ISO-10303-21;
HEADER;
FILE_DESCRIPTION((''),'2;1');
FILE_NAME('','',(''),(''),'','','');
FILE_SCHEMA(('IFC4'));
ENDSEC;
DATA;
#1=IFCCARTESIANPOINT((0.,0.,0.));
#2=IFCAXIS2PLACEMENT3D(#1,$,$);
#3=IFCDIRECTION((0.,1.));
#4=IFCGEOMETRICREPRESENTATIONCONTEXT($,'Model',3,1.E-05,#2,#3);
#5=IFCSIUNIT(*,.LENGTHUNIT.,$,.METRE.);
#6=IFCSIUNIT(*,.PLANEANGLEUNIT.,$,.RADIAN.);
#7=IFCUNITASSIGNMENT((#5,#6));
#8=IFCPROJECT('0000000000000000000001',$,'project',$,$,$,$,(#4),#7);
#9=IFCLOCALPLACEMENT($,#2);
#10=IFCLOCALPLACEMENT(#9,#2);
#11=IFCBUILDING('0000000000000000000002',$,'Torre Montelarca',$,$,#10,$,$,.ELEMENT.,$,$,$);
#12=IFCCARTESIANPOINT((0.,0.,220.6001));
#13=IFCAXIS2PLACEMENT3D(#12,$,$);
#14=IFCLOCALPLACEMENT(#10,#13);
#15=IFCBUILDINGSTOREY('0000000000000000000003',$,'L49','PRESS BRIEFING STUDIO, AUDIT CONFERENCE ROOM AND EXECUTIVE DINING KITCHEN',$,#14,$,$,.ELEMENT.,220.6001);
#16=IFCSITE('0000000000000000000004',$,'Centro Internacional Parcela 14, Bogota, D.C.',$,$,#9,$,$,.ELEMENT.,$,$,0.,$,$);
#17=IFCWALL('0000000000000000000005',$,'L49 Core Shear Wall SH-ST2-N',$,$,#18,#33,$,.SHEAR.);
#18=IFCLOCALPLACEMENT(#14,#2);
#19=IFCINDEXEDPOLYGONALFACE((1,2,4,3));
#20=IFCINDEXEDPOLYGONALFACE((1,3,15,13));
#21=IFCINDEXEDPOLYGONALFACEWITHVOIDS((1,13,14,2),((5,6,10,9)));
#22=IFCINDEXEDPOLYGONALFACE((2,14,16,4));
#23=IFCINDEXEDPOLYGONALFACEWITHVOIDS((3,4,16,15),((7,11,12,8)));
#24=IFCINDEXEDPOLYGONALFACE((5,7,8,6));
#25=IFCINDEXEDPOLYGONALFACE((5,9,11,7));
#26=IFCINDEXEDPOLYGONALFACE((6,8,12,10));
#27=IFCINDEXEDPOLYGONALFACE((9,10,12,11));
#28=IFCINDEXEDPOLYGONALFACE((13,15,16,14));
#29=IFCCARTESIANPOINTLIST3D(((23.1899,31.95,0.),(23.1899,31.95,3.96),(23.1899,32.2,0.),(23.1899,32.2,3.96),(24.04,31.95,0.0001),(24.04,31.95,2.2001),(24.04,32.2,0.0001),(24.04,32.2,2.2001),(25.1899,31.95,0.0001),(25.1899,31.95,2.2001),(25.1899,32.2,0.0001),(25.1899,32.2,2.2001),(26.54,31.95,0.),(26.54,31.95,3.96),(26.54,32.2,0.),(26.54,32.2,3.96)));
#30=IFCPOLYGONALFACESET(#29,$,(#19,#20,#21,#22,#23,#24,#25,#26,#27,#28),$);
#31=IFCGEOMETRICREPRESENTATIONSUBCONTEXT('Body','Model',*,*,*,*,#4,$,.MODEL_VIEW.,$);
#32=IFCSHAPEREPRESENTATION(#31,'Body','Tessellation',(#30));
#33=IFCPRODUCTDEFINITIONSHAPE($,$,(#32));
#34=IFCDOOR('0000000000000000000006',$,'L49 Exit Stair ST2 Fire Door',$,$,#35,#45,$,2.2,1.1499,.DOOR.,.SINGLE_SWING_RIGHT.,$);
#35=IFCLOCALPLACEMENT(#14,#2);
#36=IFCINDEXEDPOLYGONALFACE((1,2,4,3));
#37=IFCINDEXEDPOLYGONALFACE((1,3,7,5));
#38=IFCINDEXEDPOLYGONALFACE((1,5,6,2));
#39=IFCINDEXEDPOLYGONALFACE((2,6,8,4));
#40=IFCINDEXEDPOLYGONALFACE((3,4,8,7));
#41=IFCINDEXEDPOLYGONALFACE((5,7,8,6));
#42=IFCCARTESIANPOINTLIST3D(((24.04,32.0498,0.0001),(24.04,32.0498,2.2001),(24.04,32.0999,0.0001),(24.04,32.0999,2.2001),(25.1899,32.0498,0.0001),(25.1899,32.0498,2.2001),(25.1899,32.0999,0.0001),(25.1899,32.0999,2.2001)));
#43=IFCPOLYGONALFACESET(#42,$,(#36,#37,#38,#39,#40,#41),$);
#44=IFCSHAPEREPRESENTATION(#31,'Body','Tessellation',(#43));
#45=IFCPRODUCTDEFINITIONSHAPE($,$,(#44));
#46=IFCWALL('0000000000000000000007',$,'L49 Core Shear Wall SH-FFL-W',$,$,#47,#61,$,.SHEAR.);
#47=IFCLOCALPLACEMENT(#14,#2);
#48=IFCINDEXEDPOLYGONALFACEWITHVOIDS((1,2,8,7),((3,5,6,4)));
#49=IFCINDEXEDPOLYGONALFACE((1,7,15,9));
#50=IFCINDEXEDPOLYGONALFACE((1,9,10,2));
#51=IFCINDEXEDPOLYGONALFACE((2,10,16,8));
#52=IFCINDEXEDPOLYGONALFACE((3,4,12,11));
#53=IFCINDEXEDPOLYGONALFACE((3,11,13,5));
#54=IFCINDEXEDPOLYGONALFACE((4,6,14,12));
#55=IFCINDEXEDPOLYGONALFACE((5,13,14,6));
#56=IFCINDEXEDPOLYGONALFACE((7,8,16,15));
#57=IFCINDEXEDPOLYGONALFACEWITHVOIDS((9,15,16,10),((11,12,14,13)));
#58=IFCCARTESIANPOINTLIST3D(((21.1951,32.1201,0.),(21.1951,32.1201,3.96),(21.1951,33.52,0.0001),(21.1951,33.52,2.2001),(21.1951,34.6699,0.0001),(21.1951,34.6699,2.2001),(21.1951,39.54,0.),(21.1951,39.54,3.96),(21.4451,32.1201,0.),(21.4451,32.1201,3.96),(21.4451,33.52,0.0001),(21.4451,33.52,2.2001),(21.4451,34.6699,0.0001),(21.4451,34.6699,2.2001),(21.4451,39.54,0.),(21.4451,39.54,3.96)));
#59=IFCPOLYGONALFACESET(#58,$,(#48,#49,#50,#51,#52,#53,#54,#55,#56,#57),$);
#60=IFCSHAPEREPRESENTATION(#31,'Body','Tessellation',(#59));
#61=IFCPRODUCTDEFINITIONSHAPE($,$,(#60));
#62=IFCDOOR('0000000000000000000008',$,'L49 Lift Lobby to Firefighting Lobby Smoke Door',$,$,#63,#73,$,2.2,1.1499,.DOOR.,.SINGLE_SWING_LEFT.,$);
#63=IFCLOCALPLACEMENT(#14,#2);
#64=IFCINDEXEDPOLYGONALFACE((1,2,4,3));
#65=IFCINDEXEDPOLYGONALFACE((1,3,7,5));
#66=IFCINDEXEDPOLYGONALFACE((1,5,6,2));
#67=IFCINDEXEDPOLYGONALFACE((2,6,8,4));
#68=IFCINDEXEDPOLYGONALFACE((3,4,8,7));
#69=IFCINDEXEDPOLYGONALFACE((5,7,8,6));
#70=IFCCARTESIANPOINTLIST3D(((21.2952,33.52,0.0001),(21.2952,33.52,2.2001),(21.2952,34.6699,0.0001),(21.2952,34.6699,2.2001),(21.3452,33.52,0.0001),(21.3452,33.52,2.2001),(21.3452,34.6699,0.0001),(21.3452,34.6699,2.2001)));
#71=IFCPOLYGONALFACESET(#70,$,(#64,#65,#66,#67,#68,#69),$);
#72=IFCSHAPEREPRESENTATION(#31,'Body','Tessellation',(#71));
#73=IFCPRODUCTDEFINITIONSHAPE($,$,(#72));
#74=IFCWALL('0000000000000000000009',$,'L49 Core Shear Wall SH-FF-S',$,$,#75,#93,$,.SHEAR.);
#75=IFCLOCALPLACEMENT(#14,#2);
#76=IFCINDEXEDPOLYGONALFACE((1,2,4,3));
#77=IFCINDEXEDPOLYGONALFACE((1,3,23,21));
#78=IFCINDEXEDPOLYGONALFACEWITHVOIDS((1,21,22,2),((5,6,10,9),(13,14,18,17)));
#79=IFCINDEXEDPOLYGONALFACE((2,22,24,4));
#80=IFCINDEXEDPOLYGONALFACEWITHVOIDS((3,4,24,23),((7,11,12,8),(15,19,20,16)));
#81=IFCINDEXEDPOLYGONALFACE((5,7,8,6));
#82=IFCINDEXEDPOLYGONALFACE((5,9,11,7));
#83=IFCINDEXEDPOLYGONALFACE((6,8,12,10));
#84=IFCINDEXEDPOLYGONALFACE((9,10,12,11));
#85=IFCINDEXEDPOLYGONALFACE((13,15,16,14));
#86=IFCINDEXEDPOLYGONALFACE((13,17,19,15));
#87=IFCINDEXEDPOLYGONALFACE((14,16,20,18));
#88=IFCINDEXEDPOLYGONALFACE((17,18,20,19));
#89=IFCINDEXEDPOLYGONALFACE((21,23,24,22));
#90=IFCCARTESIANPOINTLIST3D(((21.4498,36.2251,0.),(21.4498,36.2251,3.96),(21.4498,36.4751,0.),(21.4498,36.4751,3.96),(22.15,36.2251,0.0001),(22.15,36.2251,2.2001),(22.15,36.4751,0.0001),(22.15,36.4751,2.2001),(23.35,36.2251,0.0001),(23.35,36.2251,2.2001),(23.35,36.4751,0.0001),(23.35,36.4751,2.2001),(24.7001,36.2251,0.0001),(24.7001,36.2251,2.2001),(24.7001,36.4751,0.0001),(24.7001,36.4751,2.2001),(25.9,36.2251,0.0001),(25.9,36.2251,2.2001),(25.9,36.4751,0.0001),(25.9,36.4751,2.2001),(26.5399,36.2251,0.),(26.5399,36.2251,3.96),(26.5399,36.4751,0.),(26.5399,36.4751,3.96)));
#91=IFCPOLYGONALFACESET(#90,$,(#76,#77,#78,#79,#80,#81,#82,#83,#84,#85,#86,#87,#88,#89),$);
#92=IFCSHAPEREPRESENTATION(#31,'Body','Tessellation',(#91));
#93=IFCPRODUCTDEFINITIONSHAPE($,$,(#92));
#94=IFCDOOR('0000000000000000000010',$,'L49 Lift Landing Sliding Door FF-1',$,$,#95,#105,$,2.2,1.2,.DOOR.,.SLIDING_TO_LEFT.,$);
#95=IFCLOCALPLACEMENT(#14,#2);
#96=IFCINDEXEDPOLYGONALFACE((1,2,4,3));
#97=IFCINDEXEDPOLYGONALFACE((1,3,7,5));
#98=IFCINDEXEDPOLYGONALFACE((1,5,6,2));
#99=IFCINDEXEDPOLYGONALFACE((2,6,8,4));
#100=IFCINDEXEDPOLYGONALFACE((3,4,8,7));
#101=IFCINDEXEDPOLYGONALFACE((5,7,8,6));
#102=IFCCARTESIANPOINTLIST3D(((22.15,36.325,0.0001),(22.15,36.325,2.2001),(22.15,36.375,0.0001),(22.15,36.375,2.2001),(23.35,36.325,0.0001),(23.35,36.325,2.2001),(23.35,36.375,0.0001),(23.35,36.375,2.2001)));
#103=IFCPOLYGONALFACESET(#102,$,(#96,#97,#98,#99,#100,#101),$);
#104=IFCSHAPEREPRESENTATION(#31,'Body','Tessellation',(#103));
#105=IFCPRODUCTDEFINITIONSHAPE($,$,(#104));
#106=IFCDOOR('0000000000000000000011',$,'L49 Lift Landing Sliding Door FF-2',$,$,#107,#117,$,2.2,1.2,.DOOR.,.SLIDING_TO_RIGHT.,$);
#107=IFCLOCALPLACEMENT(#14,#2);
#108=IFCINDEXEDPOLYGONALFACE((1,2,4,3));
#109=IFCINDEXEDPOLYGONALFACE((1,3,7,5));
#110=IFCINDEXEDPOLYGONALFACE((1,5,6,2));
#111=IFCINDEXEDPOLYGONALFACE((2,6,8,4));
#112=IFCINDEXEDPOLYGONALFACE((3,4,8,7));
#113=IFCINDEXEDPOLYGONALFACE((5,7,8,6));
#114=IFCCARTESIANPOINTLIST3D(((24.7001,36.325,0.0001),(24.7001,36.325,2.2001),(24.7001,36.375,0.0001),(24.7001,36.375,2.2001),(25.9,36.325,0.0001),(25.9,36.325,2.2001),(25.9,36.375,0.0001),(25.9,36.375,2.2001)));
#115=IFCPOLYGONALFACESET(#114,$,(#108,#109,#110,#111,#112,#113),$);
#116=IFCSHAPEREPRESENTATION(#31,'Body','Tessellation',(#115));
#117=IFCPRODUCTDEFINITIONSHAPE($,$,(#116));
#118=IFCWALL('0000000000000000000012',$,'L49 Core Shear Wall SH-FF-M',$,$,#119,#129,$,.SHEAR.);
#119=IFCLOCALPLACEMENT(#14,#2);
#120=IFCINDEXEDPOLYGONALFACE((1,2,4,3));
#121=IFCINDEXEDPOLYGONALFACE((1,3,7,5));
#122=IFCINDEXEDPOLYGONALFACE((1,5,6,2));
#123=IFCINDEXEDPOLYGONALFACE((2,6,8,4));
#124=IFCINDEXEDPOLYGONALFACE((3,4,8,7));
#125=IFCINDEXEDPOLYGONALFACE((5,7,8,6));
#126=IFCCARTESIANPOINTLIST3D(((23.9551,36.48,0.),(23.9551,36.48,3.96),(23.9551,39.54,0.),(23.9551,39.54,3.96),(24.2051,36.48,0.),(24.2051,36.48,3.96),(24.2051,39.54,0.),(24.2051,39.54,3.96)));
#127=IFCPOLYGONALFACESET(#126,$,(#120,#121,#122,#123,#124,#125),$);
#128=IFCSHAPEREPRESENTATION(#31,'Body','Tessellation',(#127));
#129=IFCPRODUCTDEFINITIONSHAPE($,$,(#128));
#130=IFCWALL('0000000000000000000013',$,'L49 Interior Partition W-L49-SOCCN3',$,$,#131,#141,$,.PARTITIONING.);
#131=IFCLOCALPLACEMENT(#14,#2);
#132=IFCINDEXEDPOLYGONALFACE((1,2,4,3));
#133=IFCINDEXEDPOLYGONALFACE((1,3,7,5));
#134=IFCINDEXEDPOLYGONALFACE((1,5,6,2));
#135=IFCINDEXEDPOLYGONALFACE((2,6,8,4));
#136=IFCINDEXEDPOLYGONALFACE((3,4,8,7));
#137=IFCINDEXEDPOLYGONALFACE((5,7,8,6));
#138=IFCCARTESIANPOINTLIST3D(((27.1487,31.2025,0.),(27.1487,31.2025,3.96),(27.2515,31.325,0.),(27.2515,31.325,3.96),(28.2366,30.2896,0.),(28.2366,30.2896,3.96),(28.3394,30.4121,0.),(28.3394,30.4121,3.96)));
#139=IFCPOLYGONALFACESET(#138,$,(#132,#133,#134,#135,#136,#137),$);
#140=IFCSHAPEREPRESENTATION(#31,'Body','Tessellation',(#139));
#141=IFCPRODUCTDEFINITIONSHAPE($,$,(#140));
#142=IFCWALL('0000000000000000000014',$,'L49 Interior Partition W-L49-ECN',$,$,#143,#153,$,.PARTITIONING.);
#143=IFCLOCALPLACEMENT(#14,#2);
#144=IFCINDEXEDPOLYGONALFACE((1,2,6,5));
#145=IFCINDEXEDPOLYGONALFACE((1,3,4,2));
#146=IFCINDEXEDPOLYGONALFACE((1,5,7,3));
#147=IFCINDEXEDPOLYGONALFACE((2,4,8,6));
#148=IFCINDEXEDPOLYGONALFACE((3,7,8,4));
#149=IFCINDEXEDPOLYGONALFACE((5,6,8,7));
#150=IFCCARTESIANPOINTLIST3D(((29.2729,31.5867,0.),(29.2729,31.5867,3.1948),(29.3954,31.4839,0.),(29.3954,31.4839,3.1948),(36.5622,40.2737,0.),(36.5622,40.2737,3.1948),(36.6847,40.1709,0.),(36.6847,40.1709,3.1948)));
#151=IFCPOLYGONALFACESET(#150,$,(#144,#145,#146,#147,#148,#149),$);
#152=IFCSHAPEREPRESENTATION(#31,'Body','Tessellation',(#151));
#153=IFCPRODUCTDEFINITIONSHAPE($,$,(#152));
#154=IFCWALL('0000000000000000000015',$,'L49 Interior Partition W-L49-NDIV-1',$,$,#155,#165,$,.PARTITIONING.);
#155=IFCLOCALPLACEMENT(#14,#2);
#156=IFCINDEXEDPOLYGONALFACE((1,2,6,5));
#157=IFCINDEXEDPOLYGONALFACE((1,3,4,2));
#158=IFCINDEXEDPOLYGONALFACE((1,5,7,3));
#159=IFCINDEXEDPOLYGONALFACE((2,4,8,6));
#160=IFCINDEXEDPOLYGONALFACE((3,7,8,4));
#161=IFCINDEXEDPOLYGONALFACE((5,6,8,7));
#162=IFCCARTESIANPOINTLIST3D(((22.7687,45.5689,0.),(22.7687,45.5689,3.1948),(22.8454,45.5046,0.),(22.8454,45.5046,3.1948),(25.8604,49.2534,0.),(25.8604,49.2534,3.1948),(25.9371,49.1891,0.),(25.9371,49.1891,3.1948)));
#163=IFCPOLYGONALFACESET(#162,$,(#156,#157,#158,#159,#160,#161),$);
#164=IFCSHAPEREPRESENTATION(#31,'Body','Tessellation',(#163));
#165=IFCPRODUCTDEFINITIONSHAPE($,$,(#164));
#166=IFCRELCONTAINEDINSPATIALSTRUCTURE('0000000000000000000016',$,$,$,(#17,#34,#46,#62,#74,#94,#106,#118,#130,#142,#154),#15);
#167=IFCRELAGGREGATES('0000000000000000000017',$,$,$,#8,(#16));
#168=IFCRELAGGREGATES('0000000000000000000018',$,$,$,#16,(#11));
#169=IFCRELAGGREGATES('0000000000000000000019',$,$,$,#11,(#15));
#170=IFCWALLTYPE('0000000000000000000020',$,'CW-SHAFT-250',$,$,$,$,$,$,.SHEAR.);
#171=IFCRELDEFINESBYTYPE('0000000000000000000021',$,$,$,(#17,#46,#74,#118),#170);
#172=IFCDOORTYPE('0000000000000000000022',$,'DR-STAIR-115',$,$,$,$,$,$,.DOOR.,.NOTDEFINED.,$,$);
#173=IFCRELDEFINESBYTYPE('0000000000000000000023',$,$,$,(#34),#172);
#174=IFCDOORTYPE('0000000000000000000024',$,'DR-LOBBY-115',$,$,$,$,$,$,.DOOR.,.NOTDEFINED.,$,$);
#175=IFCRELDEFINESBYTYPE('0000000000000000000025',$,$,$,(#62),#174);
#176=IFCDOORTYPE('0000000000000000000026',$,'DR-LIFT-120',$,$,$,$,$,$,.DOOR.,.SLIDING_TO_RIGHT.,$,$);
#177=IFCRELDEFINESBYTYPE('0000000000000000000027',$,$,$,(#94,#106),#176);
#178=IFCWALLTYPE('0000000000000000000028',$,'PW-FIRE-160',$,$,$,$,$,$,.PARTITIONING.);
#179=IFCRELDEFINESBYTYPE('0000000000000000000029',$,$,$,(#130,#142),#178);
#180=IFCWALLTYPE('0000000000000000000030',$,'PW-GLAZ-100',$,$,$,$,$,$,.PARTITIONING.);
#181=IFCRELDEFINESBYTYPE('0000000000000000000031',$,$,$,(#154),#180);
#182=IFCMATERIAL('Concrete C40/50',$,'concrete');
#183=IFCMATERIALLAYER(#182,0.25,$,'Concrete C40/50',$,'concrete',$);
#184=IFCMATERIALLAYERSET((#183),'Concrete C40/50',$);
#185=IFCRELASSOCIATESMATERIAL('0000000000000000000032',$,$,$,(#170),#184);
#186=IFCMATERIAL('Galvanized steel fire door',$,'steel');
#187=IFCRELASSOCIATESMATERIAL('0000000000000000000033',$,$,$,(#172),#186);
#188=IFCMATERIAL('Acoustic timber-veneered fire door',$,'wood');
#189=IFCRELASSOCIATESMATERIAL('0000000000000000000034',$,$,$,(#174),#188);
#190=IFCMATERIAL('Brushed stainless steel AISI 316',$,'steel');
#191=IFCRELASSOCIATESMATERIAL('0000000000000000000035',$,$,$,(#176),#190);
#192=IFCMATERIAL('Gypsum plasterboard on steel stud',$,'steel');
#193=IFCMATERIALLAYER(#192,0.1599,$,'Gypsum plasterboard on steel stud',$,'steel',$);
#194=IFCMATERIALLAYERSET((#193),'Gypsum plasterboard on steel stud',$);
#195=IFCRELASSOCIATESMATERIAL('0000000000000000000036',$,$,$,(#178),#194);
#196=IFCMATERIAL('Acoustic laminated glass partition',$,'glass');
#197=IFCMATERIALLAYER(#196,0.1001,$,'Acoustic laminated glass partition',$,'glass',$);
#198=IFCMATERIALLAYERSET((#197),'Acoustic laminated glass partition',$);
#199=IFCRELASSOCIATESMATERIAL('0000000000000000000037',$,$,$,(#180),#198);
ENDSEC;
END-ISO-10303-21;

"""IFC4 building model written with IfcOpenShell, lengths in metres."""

from ifc_helpers import new_model, si_unit, direction, frame, frame_2d, origin, place, context, subcontext, project, spatial, rectangle, extrude, source, transform, mapped, material, layer, layer_set, type_object, element, fill, save


model = new_model("IFC4")

# Units and contexts
model_context = context("Model", 3, precision=1e-05, world=origin(), true_north=direction((0.0, 1.0)))
body_context = subcontext(model_context, "Body", "Model", "MODEL_VIEW")
ifc_project = project(units=[si_unit("LENGTHUNIT", "METRE"), si_unit("PLANEANGLEUNIT", "RADIAN")], contexts=[model_context])

# Site, building, storey
site_placement = place(None, origin())
site = spatial("IfcSite", under=ifc_project, at=site_placement, Name="Centro Internacional Parcela 14, Bogota, D.C.", CompositionType="ELEMENT", RefElevation=0.0)
building_placement = place(site_placement, origin())
building = spatial("IfcBuilding", under=site, at=building_placement, Name="Torre Montelarca", CompositionType="ELEMENT")
storey_placement = place(building_placement, frame((0.0, 0.0, 220.6001)))
storey = spatial("IfcBuildingStorey", under=building, at=storey_placement, Name="L49", Description="PRESS BRIEFING STUDIO, AUDIT CONFERENCE ROOM AND EXECUTIVE DINING KITCHEN", CompositionType="ELEMENT", Elevation=220.6001)

# Walls, openings, doors
ifc_material_1 = material(Name="Concrete C40/50", Category="concrete")
ifc_layer_1 = layer(ifc_material_1, 0.25, Name="Concrete C40/50", Category="concrete")
ifc_layer_set_1 = layer_set([ifc_layer_1], Name="Concrete C40/50")
wall_type_1 = type_object("IfcWallType", Name="CW-SHAFT-250", PredefinedType="SHEAR", material=ifc_layer_set_1)
wall_1_placement = place(storey_placement, frame((23.1899, 32.075, 0.0), z_axis=(0.0, 0.0, 1.0), x_axis=(1.0, 0.0, 0.0)))
wall_1 = element("IfcWall", 1, at=wall_1_placement, inside=storey, type_object=wall_type_1, Name="L49 Core Shear Wall SH-ST2-N", PredefinedType="SHEAR", context=body_context, shape_type="SweptSolid", body=[
    extrude(rectangle(XDim=3.3501, YDim=0.25, at=frame_2d((1.675, 0.0))), origin(), (0.0, 0.0, 1.0), 3.96),
])
opening_1_placement = place(wall_1_placement, frame((0.8501, 0.0, 0.0)))
opening_1 = element("IfcOpeningElement", 2, at=opening_1_placement, cuts=wall_1, PredefinedType="OPENING", context=body_context, shape_type="SweptSolid", body=[
    extrude(rectangle(XDim=1.1499, YDim=2.2, at=frame_2d((0.575, 1.1001))), frame((0.0, 0.135, 0.0), z_axis=(0.0, -1.0, 0.0), x_axis=(1.0, 0.0, 0.0)), (0.0, 0.0, 1.0), 0.27),
])
ifc_material_2 = material(Name="Galvanized steel fire door", Category="steel")
door_type_1 = type_object("IfcDoorType", Name="DR-STAIR-115", OperationType="NOTDEFINED", PredefinedType="DOOR", material=ifc_material_2)
shared_shape_1 = source(origin(), body_context, "Body", "SweptSolid", [
    extrude(rectangle(XDim=1.1499, YDim=2.2, at=frame_2d((0.575, 1.1001))), frame((0.0, 0.0249, 0.0), z_axis=(0.0, -1.0, 0.0), x_axis=(1.0, 0.0, 0.0)), (0.0, 0.0, 1.0), 0.05),
])
door_1_placement = place(opening_1_placement, origin())
door_1 = element("IfcDoor", 3, at=door_1_placement, inside=storey, type_object=door_type_1, Name="L49 Exit Stair ST2 Fire Door", OperationType="SINGLE_SWING_RIGHT", OverallHeight=2.2, OverallWidth=1.1499, PredefinedType="DOOR", context=body_context, shape_type="MappedRepresentation", body=[
    mapped(shared_shape_1, transform((0.0, 0.0, 0.0), scale=1.0)),
])
fill(opening_1, door_1)
wall_2_placement = place(storey_placement, frame((21.3201, 32.1201, 0.0), z_axis=(0.0, 0.0, 1.0), x_axis=(0.0, 1.0, 0.0)))
wall_2 = element("IfcWall", 4, at=wall_2_placement, inside=storey, type_object=wall_type_1, Name="L49 Core Shear Wall SH-FFL-W", PredefinedType="SHEAR", context=body_context, shape_type="SweptSolid", body=[
    extrude(rectangle(XDim=7.4199, YDim=0.25, at=frame_2d((3.71, 0.0))), origin(), (0.0, 0.0, 1.0), 3.96),
])
opening_2_placement = place(wall_2_placement, frame((1.3999, 0.0, 0.0)))
opening_2 = element("IfcOpeningElement", 5, at=opening_2_placement, cuts=wall_2, PredefinedType="OPENING", context=body_context, shape_type="SweptSolid", body=[
    extrude(rectangle(XDim=1.1499, YDim=2.2, at=frame_2d((0.575, 1.1001))), frame((0.0, 0.135, 0.0), z_axis=(0.0, -1.0, 0.0), x_axis=(1.0, 0.0, 0.0)), (0.0, 0.0, 1.0), 0.27),
])
ifc_material_3 = material(Name="Acoustic timber-veneered fire door", Category="wood")
door_type_2 = type_object("IfcDoorType", Name="DR-LOBBY-115", OperationType="NOTDEFINED", PredefinedType="DOOR", material=ifc_material_3)
shared_shape_2 = source(origin(), body_context, "Body", "SweptSolid", [
    extrude(rectangle(XDim=1.1499, YDim=2.2, at=frame_2d((0.575, 1.1001))), frame((0.0, 0.0249, 0.0), z_axis=(0.0, -1.0, 0.0), x_axis=(1.0, 0.0, 0.0)), (0.0, 0.0, 1.0), 0.05),
])
door_2_placement = place(opening_2_placement, origin())
door_2 = element("IfcDoor", 6, at=door_2_placement, inside=storey, type_object=door_type_2, Name="L49 Lift Lobby to Firefighting Lobby Smoke Door", OperationType="SINGLE_SWING_LEFT", OverallHeight=2.2, OverallWidth=1.1499, PredefinedType="DOOR", context=body_context, shape_type="MappedRepresentation", body=[
    mapped(shared_shape_2, transform((0.0, 0.0, 0.0), scale=1.0)),
])
fill(opening_2, door_2)

# Wall, openings, doors
wall_3_placement = place(storey_placement, frame((21.45, 36.3501, 0.0), z_axis=(0.0, 0.0, 1.0), x_axis=(1.0, 0.0, 0.0)))
wall_3 = element("IfcWall", 7, at=wall_3_placement, inside=storey, type_object=wall_type_1, Name="L49 Core Shear Wall SH-FF-S", PredefinedType="SHEAR", context=body_context, shape_type="SweptSolid", body=[
    extrude(rectangle(XDim=5.0901, YDim=0.25, at=frame_2d((2.5449, 0.0))), origin(), (0.0, 0.0, 1.0), 3.96),
])
opening_3_placement = place(wall_3_placement, frame((0.7, 0.0, 0.0)))
opening_3 = element("IfcOpeningElement", 8, at=opening_3_placement, cuts=wall_3, PredefinedType="OPENING", context=body_context, shape_type="SweptSolid", body=[
    extrude(rectangle(XDim=1.2, YDim=2.2, at=frame_2d((0.6001, 1.1001))), frame((0.0, 0.135, 0.0), z_axis=(0.0, -1.0, 0.0), x_axis=(1.0, 0.0, 0.0)), (0.0, 0.0, 1.0), 0.27),
])
opening_4_placement = place(wall_3_placement, frame((3.25, 0.0, 0.0)))
opening_4 = element("IfcOpeningElement", 9, at=opening_4_placement, cuts=wall_3, PredefinedType="OPENING", context=body_context, shape_type="SweptSolid", body=[
    extrude(rectangle(XDim=1.2, YDim=2.2, at=frame_2d((0.6001, 1.1001))), frame((0.0, 0.135, 0.0), z_axis=(0.0, -1.0, 0.0), x_axis=(1.0, 0.0, 0.0)), (0.0, 0.0, 1.0), 0.27),
])
ifc_material_4 = material(Name="Brushed stainless steel AISI 316", Category="steel")
door_type_3 = type_object("IfcDoorType", Name="DR-LIFT-120", OperationType="SLIDING_TO_RIGHT", PredefinedType="DOOR", material=ifc_material_4)
shared_shape_3 = source(origin(), body_context, "Body", "SweptSolid", [
    extrude(rectangle(XDim=1.2, YDim=2.2, at=frame_2d((0.6001, 1.1001))), frame((0.0, 0.0249, 0.0), z_axis=(0.0, -1.0, 0.0), x_axis=(1.0, 0.0, 0.0)), (0.0, 0.0, 1.0), 0.05),
])
door_3_placement = place(opening_3_placement, origin())
door_3 = element("IfcDoor", 10, at=door_3_placement, inside=storey, type_object=door_type_3, Name="L49 Lift Landing Sliding Door FF-1", OperationType="SLIDING_TO_LEFT", OverallHeight=2.2, OverallWidth=1.2, PredefinedType="DOOR", context=body_context, shape_type="MappedRepresentation", body=[
    mapped(shared_shape_3, transform((0.0, 0.0, 0.0), scale=1.0)),
])
fill(opening_3, door_3)
door_4_placement = place(opening_4_placement, origin())
door_4 = element("IfcDoor", 11, at=door_4_placement, inside=storey, type_object=door_type_3, Name="L49 Lift Landing Sliding Door FF-2", OperationType="SLIDING_TO_RIGHT", OverallHeight=2.2, OverallWidth=1.2, PredefinedType="DOOR", context=body_context, shape_type="MappedRepresentation", body=[
    mapped(shared_shape_3, transform((0.0, 0.0, 0.0), scale=1.0)),
])
fill(opening_4, door_4)

# Walls
wall_4_placement = place(storey_placement, frame((24.0801, 36.48, 0.0), z_axis=(0.0, 0.0, 1.0), x_axis=(0.0, 1.0, 0.0)))
element("IfcWall", 12, at=wall_4_placement, inside=storey, type_object=wall_type_1, Name="L49 Core Shear Wall SH-FF-M", PredefinedType="SHEAR", context=body_context, shape_type="SweptSolid", body=[
    extrude(rectangle(XDim=3.0601, YDim=0.25, at=frame_2d((1.53, 0.0))), origin(), (0.0, 0.0, 1.0), 3.96),
])
ifc_material_5 = material(Name="Gypsum plasterboard on steel stud", Category="steel")
ifc_layer_2 = layer(ifc_material_5, 0.1599, Name="Gypsum plasterboard on steel stud", Category="steel")
ifc_layer_set_2 = layer_set([ifc_layer_2], Name="Gypsum plasterboard on steel stud")
wall_type_2 = type_object("IfcWallType", Name="PW-FIRE-160", PredefinedType="PARTITIONING", material=ifc_layer_set_2)
wall_5_placement = place(storey_placement, frame((27.2002, 31.2637, 0.0), z_axis=(0.0, 0.0, 1.0), x_axis=(0.766047, -0.642785, 0.0)))
element("IfcWall", 13, at=wall_5_placement, inside=storey, type_object=wall_type_2, Name="L49 Interior Partition W-L49-SOCCN3", PredefinedType="PARTITIONING", context=body_context, shape_type="SweptSolid", body=[
    extrude(rectangle(XDim=1.4202, YDim=0.1599, at=frame_2d((0.71, 0.0))), origin(), (0.0, 0.0, 1.0), 3.96),
])
wall_6_placement = place(storey_placement, frame((29.3342, 31.5354, 0.0), z_axis=(0.0, 0.0, 1.0), x_axis=(0.64279, 0.766043, 0.0)))
element("IfcWall", 14, at=wall_6_placement, inside=storey, type_object=wall_type_2, Name="L49 Interior Partition W-L49-ECN", PredefinedType="PARTITIONING", context=body_context, shape_type="SweptSolid", body=[
    extrude(rectangle(XDim=11.3401, YDim=0.1599, at=frame_2d((5.6699, 0.0))), origin(), (0.0, 0.0, 1.0), 3.1948),
])
ifc_material_6 = material(Name="Acoustic laminated glass partition", Category="glass")
ifc_layer_3 = layer(ifc_material_6, 0.1001, Name="Acoustic laminated glass partition", Category="glass")
ifc_layer_set_3 = layer_set([ifc_layer_3], Name="Acoustic laminated glass partition")
wall_type_3 = type_object("IfcWallType", Name="PW-GLAZ-100", PredefinedType="PARTITIONING", material=ifc_layer_set_3)
wall_7_placement = place(storey_placement, frame((22.8071, 45.5369, 0.0), z_axis=(0.0, 0.0, 1.0), x_axis=(0.642797, 0.766037, 0.0)))
element("IfcWall", 15, at=wall_7_placement, inside=storey, type_object=wall_type_3, Name="L49 Interior Partition W-L49-NDIV-1", PredefinedType="PARTITIONING", context=body_context, shape_type="SweptSolid", body=[
    extrude(rectangle(XDim=4.8098, YDim=0.1001, at=frame_2d((2.4048, 0.0))), origin(), (0.0, 0.0, 1.0), 3.1948),
])

save(model, "model.ifc")
